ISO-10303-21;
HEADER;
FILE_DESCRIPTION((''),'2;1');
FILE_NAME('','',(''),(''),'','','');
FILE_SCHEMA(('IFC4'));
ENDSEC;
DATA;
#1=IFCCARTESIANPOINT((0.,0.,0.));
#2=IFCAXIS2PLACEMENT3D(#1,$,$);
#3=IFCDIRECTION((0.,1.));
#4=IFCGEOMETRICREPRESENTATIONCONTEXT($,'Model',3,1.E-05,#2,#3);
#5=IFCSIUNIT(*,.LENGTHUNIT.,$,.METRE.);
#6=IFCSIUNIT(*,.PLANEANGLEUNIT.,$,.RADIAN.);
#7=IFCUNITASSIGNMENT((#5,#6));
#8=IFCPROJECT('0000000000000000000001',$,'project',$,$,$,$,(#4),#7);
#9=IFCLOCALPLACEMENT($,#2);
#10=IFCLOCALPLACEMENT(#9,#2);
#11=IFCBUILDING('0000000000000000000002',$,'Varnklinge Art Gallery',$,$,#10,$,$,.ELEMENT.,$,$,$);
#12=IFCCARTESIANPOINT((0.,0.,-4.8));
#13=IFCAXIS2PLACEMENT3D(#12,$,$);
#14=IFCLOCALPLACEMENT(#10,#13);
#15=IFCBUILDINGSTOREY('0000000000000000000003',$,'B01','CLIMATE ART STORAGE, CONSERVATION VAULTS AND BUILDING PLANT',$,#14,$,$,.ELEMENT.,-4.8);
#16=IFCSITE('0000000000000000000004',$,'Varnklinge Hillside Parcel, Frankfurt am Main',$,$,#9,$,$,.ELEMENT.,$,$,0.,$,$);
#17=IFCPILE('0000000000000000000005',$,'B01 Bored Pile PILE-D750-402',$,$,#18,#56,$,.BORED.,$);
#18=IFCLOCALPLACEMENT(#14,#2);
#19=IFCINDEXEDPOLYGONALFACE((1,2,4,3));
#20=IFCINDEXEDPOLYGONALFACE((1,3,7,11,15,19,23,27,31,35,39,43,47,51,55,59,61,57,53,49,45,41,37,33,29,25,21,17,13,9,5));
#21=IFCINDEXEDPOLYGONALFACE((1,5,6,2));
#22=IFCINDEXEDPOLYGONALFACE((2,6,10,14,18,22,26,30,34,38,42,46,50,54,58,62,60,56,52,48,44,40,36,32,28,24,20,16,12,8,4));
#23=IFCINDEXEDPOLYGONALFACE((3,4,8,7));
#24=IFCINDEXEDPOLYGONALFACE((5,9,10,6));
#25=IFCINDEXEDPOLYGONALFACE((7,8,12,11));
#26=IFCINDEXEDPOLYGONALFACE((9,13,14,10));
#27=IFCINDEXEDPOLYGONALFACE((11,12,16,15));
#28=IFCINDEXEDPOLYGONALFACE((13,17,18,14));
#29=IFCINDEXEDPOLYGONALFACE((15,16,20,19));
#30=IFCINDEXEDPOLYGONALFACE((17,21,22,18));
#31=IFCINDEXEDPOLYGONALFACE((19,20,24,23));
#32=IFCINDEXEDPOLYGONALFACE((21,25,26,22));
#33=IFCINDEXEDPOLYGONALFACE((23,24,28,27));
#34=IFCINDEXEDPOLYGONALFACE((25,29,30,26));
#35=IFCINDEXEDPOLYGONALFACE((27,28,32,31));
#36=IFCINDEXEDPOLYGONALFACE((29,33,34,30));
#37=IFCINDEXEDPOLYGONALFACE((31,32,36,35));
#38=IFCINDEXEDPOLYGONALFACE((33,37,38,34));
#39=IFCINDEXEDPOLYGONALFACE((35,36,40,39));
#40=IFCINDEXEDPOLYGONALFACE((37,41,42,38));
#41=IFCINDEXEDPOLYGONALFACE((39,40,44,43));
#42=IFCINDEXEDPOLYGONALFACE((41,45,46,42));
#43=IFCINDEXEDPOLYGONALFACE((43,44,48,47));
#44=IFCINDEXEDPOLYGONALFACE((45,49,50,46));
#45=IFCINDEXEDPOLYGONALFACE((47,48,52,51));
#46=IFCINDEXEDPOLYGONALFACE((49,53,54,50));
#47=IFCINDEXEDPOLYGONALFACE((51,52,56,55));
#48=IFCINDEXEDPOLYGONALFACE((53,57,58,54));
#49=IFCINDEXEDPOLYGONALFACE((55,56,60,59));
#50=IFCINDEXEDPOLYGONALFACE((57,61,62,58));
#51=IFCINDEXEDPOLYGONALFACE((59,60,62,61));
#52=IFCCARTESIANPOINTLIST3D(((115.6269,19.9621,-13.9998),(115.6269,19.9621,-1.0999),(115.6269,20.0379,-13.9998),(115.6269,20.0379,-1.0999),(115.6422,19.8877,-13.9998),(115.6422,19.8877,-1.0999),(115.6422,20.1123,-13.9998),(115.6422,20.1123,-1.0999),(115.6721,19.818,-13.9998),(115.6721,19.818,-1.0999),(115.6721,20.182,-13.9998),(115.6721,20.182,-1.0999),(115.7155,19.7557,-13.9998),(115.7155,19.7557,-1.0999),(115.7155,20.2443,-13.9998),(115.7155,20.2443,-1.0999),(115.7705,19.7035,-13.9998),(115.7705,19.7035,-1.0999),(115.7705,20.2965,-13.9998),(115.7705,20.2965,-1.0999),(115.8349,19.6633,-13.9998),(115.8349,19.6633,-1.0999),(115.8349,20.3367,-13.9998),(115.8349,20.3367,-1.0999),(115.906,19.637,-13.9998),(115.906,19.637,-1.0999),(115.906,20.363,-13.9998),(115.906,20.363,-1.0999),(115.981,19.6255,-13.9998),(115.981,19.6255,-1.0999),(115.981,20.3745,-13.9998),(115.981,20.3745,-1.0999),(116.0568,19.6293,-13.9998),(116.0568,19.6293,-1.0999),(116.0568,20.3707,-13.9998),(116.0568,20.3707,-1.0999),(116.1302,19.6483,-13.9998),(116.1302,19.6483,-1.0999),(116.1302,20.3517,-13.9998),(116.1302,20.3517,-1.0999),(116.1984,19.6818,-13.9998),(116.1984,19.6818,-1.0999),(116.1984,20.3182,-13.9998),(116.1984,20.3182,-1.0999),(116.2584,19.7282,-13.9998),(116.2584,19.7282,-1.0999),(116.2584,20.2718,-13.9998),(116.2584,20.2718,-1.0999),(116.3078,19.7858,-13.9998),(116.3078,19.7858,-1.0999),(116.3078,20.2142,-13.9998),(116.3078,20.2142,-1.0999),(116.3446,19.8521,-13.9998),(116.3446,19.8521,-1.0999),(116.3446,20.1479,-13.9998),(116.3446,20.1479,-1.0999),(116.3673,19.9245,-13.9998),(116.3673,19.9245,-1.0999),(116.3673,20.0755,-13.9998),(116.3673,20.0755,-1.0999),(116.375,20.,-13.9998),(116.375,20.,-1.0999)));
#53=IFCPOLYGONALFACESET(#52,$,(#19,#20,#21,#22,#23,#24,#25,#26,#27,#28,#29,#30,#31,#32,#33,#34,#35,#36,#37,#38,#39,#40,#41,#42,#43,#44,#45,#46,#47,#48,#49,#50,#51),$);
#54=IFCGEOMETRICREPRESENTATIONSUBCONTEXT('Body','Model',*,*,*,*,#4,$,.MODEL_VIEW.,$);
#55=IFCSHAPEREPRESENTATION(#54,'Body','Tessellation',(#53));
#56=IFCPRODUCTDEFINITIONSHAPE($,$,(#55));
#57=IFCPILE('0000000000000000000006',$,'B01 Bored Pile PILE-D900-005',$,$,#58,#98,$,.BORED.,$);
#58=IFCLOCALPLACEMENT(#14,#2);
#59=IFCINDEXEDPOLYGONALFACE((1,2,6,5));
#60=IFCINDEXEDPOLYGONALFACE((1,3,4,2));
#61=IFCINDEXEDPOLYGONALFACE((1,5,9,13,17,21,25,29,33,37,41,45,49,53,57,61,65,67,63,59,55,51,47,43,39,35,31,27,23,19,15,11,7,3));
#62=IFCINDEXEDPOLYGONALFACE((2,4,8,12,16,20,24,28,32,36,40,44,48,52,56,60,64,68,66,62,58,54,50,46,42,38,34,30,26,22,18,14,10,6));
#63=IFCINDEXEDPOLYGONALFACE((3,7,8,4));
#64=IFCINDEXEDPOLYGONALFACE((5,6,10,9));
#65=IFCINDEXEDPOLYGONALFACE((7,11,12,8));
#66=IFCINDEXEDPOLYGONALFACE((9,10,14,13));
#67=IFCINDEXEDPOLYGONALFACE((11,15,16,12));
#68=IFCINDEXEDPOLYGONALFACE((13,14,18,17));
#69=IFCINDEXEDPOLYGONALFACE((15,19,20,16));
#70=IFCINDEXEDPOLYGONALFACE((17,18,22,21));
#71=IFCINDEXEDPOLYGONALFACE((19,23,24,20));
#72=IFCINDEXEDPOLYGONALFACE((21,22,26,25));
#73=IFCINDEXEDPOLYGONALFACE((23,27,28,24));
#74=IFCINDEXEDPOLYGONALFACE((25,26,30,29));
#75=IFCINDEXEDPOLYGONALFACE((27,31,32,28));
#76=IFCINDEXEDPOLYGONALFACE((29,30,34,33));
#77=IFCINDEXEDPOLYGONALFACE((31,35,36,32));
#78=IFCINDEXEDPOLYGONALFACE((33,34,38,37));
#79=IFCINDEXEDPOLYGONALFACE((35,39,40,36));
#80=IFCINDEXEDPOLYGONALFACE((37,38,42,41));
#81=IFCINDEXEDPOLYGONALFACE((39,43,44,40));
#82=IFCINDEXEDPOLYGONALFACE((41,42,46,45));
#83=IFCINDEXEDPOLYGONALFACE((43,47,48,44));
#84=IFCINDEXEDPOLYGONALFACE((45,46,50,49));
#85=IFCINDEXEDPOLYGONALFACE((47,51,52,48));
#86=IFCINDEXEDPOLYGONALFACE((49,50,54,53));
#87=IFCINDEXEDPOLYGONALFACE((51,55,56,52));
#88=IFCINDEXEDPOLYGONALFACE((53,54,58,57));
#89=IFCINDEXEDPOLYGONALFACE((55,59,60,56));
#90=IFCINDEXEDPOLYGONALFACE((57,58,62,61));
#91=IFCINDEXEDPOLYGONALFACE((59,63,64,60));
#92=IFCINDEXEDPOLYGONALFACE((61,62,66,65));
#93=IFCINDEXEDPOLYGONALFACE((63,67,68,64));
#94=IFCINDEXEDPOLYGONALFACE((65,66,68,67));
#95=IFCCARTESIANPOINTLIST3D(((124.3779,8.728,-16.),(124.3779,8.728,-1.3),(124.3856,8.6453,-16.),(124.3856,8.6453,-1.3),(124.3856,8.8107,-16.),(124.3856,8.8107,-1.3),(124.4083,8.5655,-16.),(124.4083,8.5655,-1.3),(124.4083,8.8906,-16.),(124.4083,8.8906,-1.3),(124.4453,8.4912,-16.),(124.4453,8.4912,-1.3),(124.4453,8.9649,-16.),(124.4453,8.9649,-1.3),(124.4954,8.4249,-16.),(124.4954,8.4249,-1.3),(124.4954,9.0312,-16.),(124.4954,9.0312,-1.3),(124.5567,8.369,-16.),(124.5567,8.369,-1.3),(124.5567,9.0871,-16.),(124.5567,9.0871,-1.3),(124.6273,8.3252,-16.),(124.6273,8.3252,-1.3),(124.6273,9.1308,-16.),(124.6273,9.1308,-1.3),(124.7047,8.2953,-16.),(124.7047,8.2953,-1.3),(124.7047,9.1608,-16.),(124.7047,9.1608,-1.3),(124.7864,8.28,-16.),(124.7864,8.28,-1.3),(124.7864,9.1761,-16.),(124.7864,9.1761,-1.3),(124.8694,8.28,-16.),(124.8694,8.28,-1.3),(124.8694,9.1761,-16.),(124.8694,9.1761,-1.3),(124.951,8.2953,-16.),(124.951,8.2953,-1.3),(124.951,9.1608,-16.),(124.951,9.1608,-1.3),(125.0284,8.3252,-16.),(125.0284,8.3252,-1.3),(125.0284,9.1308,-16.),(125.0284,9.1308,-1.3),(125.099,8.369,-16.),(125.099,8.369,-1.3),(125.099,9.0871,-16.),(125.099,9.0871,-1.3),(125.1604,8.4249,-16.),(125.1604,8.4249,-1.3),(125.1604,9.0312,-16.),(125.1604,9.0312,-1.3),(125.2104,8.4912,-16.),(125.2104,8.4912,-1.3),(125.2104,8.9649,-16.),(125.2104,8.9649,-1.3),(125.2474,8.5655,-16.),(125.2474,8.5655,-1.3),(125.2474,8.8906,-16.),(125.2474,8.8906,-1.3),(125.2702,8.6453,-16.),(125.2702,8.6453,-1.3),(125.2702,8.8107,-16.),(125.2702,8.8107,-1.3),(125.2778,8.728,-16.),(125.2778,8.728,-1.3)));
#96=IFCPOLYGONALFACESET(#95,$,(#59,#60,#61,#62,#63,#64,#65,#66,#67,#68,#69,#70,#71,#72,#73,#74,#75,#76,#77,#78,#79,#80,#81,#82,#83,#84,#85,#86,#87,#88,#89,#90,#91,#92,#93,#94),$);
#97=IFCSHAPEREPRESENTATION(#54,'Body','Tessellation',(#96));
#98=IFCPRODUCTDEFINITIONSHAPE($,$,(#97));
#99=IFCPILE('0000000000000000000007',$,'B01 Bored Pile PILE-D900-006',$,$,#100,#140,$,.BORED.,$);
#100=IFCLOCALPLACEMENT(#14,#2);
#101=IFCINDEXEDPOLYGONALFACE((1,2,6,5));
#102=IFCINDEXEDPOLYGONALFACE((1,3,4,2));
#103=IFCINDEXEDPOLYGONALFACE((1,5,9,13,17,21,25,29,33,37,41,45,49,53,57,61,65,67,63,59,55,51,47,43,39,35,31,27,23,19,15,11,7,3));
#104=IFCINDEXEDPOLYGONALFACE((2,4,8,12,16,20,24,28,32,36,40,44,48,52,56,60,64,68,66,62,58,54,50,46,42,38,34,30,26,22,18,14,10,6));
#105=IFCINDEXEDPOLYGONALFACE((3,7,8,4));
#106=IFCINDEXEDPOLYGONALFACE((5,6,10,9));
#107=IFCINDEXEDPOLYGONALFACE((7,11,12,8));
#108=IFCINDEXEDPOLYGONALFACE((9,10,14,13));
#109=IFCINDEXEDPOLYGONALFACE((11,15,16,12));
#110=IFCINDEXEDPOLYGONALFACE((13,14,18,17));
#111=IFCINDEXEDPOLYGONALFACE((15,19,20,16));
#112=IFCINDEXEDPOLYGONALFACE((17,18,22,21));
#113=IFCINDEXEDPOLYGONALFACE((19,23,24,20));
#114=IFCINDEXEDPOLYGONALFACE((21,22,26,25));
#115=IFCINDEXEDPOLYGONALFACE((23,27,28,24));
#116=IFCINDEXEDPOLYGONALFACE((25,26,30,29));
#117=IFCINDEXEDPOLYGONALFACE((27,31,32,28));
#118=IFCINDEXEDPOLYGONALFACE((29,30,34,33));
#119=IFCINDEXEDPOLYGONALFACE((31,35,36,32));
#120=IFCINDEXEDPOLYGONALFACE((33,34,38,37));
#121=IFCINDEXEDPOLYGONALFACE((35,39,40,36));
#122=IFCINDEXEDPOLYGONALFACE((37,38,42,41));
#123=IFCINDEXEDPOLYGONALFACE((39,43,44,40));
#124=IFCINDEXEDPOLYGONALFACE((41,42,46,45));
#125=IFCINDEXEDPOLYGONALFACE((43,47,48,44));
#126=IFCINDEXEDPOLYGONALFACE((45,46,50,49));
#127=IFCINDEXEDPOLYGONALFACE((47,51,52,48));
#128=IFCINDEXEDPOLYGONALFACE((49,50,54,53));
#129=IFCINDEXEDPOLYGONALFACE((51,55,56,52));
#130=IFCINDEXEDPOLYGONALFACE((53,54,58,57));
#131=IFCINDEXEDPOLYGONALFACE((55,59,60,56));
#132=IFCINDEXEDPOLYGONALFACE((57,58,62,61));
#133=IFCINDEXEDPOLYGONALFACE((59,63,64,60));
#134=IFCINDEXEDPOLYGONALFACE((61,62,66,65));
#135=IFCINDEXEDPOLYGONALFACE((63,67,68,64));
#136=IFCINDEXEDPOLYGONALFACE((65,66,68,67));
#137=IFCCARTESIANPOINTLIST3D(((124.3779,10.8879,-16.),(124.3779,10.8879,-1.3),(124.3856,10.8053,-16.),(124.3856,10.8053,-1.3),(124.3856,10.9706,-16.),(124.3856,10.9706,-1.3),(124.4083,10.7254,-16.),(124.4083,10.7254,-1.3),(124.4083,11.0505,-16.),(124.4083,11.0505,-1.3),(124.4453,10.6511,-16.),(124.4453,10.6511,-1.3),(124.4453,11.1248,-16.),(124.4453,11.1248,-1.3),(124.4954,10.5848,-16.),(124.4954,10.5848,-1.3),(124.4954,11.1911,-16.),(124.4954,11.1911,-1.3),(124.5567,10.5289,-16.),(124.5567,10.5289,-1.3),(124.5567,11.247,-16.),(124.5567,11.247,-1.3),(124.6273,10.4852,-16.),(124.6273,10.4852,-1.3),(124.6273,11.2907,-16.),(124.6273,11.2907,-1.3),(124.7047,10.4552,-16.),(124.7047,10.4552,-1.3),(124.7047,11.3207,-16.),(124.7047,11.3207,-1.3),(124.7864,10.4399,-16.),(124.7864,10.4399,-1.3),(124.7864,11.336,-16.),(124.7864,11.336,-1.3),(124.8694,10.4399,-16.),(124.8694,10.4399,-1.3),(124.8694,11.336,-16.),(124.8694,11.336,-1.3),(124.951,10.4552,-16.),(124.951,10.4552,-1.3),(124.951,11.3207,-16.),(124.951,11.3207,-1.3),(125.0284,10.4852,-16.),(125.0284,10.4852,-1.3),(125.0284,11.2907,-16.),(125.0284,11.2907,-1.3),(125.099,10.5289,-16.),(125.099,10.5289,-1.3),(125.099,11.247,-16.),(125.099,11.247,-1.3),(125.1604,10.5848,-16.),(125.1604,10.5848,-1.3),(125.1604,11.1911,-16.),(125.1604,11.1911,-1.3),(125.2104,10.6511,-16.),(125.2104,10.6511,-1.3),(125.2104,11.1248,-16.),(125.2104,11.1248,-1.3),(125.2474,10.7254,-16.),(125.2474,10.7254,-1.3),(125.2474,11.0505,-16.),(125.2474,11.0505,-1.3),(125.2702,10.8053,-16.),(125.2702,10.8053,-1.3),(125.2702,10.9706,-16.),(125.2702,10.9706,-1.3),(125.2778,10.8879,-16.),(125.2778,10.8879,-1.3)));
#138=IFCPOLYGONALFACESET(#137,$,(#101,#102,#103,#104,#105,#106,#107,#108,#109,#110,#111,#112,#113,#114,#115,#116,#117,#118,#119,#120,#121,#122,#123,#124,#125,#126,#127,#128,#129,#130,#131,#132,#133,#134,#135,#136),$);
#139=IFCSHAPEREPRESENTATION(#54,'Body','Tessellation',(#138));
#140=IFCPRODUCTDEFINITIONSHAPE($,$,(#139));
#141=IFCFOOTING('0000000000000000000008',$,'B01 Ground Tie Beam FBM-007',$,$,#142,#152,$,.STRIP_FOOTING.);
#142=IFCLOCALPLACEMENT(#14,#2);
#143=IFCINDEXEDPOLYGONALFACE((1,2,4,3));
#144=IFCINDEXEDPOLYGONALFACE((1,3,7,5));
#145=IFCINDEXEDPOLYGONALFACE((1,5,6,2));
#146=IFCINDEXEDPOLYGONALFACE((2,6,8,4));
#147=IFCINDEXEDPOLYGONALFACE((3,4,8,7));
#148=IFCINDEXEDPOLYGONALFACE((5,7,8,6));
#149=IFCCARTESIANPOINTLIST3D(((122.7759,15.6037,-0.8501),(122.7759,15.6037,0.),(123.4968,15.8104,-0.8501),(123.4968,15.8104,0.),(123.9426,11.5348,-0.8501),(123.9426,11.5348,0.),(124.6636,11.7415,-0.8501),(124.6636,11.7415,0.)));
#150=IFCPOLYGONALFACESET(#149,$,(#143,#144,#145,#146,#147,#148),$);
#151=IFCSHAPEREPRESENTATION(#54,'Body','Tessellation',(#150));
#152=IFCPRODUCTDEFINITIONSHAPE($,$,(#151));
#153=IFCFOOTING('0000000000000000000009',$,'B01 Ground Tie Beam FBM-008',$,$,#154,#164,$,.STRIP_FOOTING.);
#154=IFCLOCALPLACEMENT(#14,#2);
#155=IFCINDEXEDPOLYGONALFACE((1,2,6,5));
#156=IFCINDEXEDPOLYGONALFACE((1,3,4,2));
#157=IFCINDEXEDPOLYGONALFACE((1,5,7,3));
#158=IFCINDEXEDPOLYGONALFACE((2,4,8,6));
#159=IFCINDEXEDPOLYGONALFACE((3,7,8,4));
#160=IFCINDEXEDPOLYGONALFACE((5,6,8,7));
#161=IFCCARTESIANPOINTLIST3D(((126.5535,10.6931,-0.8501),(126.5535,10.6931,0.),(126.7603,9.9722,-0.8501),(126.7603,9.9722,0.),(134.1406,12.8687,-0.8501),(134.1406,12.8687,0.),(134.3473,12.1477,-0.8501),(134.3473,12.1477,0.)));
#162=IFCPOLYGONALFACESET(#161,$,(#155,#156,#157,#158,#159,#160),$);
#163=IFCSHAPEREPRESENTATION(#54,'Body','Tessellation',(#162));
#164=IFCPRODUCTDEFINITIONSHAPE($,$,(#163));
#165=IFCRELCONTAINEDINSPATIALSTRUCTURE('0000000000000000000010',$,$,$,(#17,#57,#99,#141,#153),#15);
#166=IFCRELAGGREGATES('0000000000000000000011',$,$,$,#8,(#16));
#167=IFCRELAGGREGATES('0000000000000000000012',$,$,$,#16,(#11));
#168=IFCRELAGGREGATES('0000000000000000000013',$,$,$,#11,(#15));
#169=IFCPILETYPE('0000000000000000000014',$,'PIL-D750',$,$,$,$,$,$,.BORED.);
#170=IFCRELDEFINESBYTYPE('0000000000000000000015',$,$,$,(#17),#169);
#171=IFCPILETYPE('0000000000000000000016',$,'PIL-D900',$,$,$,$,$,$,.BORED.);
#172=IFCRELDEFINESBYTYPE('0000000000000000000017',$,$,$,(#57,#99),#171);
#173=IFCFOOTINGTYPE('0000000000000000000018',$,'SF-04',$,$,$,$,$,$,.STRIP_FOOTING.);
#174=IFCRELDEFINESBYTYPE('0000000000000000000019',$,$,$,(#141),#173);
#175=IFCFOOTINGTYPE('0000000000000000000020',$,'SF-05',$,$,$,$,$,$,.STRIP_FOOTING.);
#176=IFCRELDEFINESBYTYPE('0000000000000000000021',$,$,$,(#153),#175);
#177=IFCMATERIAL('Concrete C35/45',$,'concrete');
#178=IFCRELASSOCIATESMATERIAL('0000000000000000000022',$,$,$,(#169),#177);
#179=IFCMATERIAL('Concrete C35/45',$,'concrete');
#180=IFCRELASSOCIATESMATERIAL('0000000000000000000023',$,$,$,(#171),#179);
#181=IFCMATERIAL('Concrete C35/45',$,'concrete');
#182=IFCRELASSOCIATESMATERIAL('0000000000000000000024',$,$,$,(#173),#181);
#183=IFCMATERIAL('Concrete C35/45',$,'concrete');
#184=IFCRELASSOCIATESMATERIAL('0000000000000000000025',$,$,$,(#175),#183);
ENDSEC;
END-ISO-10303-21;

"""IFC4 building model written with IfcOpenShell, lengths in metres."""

from ifc_helpers import new_model, si_unit, direction, frame, origin, origin_2d, place, context, subcontext, project, spatial, rectangle, circle, extrude, material, material_profile, profile_set, type_object, element, save


model = new_model("IFC4")

# Units and contexts
model_context = context("Model", 3, precision=1e-05, world=origin(), true_north=direction((0.0, 1.0)))
body_context = subcontext(model_context, "Body", "Model", "MODEL_VIEW")
ifc_project = project(units=[si_unit("LENGTHUNIT", "METRE"), si_unit("PLANEANGLEUNIT", "RADIAN")], contexts=[model_context])

# Site, building, storey
site_placement = place(None, origin())
site = spatial("IfcSite", under=ifc_project, at=site_placement, Name="Varnklinge Hillside Parcel, Frankfurt am Main", CompositionType="ELEMENT", RefElevation=0.0)
building_placement = place(site_placement, origin())
building = spatial("IfcBuilding", under=site, at=building_placement, Name="Varnklinge Art Gallery", CompositionType="ELEMENT")
storey_placement = place(building_placement, frame((0.0, 0.0, -4.8)))
storey = spatial("IfcBuildingStorey", under=building, at=storey_placement, Name="B01", Description="CLIMATE ART STORAGE, CONSERVATION VAULTS AND BUILDING PLANT", CompositionType="ELEMENT", Elevation=-4.8)

# Piles
ifc_material_1 = material(Name="Concrete C35/45", Category="concrete")
ifc_material_profile_1 = material_profile(ifc_material_1, circle(Radius=0.375, at=origin_2d()), Name="PILE D750")
ifc_profile_set_1 = profile_set([ifc_material_profile_1], Name="Concrete C35/45")
pile_type_1 = type_object("IfcPileType", Name="PIL-D750", PredefinedType="BORED", material=ifc_profile_set_1)
pile_placement = place(storey_placement, frame((116.0, 20.0, -1.0999), z_axis=(0.0, 0.0, -1.0), x_axis=(1.0, 0.0, 0.0)))
element("IfcPile", 1, at=pile_placement, inside=storey, type_object=pile_type_1, Name="B01 Bored Pile PILE-D750-402", PredefinedType="BORED", context=body_context, shape_type="SweptSolid", body=[
    extrude(circle(Radius=0.375, at=origin_2d()), origin(), (0.0, 0.0, 1.0), 12.8999),
])
ifc_material_2 = material(Name="Concrete C35/45", Category="concrete")
ifc_material_profile_2 = material_profile(ifc_material_2, circle(Radius=0.45, at=origin_2d()), Name="PILE D900")
ifc_profile_set_2 = profile_set([ifc_material_profile_2], Name="Concrete C35/45")
pile_type_2 = type_object("IfcPileType", Name="PIL-D900", PredefinedType="BORED", material=ifc_profile_set_2)
for number, where, z_axis, x_axis, name in (
    (2, (124.8279, 8.728, -1.3), (0.0, 0.0, -1.0), (1.0, 0.0, 0.0), "B01 Bored Pile PILE-D900-005"),
    (3, (124.8279, 10.8879, -1.3), (0.0, 0.0, -1.0), (1.0, 0.0, 0.0), "B01 Bored Pile PILE-D900-006"),
):
    element("IfcPile", number, at=place(storey_placement, frame(where, z_axis=z_axis, x_axis=x_axis)), inside=storey, type_object=pile_type_2, Name=name, PredefinedType="BORED", context=body_context, shape_type="SweptSolid", body=[
        extrude(circle(Radius=0.45, at=origin_2d()), origin(), (0.0, 0.0, 1.0), 14.7),
    ])

# Footings
ifc_material_3 = material(Name="Concrete C35/45", Category="concrete")
footing_type_1 = type_object("IfcFootingType", Name="SF-04", PredefinedType="STRIP_FOOTING", material=ifc_material_3)
footing_1_placement = place(storey_placement, frame((123.7197, 13.6726, -0.8501), z_axis=(0.0, 0.0, 1.0), x_axis=(-0.275637, 0.961262, 0.0)))
element("IfcFooting", 4, at=footing_1_placement, inside=storey, type_object=footing_type_1, Name="B01 Ground Tie Beam FBM-007", PredefinedType="STRIP_FOOTING", context=body_context, shape_type="SweptSolid", body=[
    extrude(rectangle(XDim=4.2329, YDim=0.75, at=origin_2d()), origin(), (0.0, 0.0, 1.0), 0.8501),
])
ifc_material_4 = material(Name="Concrete C35/45", Category="concrete")
footing_type_2 = type_object("IfcFootingType", Name="SF-05", PredefinedType="STRIP_FOOTING", material=ifc_material_4)
footing_2_placement = place(storey_placement, frame((130.4504, 11.4204, -0.8501), z_axis=(0.0, 0.0, 1.0), x_axis=(0.961262, 0.275637, 0.0)))
element("IfcFooting", 5, at=footing_2_placement, inside=storey, type_object=footing_type_2, Name="B01 Ground Tie Beam FBM-008", PredefinedType="STRIP_FOOTING", context=body_context, shape_type="SweptSolid", body=[
    extrude(rectangle(XDim=7.8928, YDim=0.75, at=origin_2d()), origin(), (0.0, 0.0, 1.0), 0.8501),
])

save(model, "model.ifc")
